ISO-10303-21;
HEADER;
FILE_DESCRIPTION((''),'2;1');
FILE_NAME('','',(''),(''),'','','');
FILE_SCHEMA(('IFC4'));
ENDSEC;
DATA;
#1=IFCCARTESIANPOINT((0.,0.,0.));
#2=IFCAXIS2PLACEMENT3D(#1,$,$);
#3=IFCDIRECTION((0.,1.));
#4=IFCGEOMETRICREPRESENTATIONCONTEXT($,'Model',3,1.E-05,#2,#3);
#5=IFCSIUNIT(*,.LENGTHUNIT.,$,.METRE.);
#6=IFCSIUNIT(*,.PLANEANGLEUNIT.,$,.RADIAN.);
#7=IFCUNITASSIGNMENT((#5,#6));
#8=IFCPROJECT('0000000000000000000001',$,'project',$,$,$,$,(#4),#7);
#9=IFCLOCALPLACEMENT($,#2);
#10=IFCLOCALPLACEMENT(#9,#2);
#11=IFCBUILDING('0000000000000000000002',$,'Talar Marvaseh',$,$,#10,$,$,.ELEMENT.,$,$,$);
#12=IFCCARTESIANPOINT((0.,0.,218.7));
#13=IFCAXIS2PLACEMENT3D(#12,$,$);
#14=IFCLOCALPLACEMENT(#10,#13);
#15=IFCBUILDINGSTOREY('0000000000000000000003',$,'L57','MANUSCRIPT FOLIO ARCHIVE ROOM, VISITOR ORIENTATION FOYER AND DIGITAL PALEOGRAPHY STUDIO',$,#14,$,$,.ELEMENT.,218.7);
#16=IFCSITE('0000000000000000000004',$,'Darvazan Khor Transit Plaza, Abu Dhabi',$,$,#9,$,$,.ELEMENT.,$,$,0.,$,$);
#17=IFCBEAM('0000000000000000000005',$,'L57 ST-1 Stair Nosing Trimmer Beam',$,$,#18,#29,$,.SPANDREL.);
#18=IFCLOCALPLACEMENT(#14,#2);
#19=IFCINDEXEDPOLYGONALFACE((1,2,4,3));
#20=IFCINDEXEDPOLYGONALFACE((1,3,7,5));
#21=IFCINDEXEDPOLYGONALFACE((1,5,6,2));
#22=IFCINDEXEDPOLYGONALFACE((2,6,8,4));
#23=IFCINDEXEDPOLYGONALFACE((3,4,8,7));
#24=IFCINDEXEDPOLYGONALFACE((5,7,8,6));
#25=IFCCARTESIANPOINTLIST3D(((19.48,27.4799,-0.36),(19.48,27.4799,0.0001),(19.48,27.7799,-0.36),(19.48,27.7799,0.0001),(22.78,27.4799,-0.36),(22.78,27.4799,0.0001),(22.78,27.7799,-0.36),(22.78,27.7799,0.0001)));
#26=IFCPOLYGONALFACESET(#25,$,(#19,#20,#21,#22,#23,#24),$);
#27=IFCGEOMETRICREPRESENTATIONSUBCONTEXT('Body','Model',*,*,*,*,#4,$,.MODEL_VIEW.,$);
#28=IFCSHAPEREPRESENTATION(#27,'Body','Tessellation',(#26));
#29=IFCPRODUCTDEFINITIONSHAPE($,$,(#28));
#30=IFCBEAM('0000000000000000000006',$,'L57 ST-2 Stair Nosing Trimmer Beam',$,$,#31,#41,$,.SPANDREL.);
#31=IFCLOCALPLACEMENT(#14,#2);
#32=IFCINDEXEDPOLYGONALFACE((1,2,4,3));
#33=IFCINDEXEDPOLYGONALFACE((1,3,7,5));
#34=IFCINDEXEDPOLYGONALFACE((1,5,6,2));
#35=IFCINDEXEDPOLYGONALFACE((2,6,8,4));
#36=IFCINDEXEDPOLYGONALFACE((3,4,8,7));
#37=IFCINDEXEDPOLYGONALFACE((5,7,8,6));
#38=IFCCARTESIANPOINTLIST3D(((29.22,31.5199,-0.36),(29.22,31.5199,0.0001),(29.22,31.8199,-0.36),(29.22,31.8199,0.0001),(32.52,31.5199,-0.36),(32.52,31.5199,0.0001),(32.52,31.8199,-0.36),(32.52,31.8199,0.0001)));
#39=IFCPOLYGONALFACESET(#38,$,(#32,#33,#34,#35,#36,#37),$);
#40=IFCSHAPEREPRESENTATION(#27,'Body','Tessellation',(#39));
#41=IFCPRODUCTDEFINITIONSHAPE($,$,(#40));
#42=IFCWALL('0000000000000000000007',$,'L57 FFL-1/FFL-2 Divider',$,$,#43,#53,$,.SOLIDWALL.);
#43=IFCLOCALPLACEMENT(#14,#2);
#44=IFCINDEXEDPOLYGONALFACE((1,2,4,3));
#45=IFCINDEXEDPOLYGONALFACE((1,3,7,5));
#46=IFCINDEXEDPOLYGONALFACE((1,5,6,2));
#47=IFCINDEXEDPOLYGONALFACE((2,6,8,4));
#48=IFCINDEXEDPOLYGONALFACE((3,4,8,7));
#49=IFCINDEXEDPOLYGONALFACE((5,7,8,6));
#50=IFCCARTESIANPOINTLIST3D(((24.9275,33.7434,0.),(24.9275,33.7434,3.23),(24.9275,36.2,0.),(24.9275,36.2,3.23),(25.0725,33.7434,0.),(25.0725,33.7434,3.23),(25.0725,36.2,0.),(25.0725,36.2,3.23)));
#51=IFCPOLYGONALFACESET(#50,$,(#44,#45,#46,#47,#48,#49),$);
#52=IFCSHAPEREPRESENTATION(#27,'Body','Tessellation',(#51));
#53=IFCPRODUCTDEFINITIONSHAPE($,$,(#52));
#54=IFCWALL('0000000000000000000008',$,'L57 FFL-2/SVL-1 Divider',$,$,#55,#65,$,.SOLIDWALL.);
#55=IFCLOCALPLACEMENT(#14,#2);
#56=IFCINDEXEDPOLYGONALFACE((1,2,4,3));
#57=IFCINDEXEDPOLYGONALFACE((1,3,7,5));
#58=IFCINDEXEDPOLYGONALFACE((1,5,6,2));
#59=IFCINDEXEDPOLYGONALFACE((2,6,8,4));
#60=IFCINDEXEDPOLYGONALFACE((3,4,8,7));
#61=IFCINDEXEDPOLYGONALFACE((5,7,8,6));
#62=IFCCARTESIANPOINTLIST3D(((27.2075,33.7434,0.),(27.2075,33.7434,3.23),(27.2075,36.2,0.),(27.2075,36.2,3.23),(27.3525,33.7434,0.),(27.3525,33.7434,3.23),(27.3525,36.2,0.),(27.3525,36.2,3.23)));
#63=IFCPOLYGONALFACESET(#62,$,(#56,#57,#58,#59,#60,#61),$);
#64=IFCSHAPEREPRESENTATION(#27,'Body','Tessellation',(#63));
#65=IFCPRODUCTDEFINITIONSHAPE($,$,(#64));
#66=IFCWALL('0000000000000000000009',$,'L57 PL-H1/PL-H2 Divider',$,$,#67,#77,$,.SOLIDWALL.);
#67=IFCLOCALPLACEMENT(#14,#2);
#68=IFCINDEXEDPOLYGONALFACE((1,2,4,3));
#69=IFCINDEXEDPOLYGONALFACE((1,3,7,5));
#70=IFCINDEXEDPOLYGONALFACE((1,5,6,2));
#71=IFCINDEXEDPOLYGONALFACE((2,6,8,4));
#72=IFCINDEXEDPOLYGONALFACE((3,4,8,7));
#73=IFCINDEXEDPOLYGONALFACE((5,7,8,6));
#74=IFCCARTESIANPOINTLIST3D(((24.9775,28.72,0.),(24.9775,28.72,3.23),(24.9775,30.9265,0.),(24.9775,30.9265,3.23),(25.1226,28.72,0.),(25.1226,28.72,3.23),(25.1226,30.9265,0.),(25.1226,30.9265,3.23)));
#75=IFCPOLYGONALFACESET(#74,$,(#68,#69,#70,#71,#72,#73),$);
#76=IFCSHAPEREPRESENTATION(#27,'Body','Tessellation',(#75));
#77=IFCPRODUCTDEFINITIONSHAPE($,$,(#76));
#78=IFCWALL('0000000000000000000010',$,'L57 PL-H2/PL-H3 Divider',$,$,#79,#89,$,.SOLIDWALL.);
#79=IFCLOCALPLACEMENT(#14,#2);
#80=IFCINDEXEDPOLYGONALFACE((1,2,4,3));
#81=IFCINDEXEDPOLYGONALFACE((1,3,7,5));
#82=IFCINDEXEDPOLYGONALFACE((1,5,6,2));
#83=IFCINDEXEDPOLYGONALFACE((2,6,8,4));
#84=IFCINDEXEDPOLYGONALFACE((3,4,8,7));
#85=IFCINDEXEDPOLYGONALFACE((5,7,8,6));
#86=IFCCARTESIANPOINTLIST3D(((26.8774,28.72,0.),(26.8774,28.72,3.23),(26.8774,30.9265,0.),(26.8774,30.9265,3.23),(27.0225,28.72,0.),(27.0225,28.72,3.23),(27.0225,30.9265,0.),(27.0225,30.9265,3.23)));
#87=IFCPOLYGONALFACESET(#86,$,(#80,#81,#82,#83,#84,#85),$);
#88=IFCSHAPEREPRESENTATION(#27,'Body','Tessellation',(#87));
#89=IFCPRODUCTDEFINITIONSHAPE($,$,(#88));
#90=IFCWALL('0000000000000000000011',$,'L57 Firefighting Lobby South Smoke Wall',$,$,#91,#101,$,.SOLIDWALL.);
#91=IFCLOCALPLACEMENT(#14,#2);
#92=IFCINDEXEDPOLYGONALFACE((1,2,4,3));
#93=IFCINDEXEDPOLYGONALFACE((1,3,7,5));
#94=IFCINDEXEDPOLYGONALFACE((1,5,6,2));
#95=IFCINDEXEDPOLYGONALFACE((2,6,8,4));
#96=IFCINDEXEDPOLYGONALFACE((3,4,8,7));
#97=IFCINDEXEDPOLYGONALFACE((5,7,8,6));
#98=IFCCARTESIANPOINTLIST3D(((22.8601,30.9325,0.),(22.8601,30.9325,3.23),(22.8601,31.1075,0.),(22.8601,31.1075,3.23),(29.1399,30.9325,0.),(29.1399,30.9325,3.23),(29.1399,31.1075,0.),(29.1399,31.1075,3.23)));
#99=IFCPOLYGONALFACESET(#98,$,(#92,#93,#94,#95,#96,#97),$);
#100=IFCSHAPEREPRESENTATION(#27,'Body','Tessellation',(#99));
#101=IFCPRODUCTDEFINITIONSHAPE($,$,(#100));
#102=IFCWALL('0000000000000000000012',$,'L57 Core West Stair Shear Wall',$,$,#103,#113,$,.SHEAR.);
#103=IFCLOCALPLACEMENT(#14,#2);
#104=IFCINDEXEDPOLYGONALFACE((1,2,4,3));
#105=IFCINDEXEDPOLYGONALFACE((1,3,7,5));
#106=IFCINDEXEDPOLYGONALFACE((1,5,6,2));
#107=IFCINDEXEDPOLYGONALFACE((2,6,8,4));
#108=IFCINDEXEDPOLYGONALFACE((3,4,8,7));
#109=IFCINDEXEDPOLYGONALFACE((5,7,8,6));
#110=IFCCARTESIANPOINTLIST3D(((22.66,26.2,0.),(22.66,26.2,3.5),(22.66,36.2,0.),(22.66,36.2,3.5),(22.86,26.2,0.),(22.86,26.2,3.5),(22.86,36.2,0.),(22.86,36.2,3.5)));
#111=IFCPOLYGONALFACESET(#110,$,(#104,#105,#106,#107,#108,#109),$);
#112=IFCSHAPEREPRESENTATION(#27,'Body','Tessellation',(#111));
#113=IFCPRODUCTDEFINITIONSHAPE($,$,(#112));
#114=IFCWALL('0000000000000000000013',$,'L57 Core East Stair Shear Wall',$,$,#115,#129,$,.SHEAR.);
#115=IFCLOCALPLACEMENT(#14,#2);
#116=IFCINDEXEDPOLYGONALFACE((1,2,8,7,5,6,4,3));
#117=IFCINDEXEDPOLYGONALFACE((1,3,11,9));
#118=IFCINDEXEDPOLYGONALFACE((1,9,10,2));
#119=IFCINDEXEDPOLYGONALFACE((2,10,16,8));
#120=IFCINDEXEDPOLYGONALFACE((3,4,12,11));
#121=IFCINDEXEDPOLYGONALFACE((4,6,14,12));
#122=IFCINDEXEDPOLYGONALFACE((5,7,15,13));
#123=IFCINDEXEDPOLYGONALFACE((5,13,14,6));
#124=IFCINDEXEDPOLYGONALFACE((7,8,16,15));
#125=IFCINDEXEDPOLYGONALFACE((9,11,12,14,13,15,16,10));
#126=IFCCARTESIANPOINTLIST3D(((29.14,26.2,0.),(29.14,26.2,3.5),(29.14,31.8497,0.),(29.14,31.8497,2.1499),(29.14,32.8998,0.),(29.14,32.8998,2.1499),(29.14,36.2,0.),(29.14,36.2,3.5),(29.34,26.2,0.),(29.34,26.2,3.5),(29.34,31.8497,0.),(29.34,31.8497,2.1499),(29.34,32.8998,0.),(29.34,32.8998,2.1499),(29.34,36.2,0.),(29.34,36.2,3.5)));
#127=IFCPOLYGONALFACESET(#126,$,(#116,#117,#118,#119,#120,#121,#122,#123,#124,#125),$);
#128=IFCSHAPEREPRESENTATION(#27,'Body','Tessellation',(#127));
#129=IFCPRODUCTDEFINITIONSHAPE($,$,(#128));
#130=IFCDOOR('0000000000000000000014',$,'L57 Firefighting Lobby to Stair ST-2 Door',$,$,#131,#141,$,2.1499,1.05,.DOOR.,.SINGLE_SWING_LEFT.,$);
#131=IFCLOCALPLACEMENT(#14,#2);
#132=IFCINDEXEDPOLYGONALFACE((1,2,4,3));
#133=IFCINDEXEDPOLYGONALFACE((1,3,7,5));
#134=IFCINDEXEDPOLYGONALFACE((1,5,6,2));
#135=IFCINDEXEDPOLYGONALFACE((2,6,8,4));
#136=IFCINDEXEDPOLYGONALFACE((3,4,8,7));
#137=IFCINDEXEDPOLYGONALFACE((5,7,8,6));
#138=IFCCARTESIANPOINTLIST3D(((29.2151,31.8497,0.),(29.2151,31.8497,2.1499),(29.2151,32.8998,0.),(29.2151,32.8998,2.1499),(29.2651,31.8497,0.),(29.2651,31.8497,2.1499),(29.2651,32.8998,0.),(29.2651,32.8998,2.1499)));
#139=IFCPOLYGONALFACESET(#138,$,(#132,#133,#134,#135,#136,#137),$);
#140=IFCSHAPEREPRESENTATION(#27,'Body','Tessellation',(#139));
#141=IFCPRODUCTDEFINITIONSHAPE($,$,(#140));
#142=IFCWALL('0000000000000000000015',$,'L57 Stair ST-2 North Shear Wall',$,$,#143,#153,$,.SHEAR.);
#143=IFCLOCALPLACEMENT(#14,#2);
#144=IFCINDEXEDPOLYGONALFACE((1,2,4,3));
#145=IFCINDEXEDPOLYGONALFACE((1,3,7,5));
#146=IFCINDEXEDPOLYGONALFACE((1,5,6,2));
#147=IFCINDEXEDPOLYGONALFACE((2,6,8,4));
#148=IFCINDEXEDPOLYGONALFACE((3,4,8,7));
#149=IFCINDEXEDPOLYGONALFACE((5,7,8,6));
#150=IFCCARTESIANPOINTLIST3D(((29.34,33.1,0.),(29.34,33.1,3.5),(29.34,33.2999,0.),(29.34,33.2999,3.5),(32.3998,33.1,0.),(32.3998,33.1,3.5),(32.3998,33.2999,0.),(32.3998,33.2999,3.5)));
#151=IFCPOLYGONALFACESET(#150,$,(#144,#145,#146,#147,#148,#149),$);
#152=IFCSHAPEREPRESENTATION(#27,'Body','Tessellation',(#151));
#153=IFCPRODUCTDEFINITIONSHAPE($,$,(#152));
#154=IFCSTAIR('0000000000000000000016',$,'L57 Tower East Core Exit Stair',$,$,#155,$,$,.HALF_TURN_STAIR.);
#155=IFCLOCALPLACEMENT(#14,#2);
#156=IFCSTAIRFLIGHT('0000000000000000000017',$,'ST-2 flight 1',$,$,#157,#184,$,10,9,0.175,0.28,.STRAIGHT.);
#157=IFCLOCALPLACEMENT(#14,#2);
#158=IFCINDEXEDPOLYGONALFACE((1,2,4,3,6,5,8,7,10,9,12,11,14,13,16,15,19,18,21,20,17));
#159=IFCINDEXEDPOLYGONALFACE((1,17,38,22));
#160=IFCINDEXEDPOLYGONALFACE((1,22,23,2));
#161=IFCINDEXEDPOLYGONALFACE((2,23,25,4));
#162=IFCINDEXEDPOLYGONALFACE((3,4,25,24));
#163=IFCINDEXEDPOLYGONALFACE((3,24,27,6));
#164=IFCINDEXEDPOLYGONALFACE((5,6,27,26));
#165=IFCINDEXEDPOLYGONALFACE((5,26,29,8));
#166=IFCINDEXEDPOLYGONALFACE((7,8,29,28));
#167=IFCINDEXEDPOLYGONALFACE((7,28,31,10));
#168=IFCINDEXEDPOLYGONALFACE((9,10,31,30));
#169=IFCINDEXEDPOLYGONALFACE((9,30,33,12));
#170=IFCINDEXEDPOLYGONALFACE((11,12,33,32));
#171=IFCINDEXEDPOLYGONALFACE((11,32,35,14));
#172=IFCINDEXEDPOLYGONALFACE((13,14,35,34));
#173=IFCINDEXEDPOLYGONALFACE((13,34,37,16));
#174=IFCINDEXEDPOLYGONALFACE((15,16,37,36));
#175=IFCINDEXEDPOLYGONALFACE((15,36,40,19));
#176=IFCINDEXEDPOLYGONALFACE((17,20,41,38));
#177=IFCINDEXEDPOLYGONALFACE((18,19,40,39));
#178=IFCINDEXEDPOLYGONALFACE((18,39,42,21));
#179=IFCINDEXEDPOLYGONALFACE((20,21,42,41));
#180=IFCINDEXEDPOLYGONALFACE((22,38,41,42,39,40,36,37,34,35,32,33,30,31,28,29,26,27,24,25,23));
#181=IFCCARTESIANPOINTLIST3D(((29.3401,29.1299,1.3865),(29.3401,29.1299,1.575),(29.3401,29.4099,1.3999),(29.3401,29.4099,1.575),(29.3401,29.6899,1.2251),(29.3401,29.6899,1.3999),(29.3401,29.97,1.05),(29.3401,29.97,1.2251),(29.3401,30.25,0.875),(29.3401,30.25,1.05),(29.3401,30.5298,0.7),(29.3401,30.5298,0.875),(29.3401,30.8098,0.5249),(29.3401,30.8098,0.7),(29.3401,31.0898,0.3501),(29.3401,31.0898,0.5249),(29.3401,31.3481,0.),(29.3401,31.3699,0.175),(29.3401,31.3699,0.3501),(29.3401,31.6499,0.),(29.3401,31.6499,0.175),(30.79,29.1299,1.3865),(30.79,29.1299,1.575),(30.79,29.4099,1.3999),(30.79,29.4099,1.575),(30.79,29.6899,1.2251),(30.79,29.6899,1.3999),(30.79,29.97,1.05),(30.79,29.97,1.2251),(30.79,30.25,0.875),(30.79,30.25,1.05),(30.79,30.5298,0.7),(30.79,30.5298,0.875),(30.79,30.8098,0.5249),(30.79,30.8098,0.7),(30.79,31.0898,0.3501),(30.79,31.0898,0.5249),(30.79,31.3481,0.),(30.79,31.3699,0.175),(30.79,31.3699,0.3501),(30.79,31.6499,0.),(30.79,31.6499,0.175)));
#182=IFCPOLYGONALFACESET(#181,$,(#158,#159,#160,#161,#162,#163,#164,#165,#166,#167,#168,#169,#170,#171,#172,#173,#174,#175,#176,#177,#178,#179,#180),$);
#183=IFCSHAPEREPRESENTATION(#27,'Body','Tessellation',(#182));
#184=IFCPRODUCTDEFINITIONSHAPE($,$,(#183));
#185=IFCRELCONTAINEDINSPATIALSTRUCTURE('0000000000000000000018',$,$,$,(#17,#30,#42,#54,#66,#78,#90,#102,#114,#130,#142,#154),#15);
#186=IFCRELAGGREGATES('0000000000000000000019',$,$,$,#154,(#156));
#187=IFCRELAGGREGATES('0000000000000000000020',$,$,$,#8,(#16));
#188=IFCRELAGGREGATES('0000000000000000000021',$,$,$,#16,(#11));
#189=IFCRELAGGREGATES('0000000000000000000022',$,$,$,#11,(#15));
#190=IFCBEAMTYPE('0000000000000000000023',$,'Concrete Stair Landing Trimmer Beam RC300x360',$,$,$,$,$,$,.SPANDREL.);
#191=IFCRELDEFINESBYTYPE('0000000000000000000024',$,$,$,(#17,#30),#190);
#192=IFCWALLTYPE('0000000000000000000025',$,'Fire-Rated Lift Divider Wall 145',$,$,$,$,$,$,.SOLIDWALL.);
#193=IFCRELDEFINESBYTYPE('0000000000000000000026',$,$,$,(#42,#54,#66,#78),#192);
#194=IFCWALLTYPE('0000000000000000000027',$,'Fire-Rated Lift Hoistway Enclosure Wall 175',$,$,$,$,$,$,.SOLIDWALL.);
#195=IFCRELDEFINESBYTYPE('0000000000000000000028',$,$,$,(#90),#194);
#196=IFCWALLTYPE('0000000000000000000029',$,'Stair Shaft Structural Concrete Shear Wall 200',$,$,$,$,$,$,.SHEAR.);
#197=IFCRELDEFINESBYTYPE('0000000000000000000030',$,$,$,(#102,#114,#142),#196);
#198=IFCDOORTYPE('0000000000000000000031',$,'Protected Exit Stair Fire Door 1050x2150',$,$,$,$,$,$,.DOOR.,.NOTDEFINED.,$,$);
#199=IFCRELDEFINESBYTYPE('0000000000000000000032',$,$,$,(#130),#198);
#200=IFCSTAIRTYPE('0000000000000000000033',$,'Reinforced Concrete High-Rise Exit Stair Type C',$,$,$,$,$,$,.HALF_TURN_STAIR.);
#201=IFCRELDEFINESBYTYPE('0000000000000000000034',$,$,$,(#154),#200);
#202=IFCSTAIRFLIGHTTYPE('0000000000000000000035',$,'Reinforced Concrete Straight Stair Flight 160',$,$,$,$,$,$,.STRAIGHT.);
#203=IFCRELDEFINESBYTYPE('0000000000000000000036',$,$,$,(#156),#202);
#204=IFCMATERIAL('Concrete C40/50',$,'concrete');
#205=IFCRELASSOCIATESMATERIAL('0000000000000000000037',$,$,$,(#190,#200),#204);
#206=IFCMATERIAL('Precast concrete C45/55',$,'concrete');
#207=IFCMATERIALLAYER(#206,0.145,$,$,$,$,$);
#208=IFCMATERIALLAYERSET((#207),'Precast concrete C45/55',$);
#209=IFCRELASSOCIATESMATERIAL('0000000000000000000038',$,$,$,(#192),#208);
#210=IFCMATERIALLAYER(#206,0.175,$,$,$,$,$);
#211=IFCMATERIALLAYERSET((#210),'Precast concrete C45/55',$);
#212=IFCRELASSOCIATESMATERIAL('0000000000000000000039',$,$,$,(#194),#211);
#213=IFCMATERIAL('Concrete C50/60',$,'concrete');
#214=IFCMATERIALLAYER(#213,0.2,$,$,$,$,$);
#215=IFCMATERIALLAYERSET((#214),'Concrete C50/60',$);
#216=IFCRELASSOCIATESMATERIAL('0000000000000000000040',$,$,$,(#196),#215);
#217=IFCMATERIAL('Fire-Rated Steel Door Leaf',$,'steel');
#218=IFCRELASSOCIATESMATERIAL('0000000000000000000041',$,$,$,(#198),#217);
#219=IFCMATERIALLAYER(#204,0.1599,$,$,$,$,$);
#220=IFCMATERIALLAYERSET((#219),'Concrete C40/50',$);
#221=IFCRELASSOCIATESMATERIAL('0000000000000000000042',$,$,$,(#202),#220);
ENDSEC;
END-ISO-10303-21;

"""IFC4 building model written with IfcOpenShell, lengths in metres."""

from ifc_helpers import new_model, si_unit, direction, frame, frame_2d, origin, origin_2d, place, context, subcontext, project, spatial, polyline, rectangle, outline, extrude, source, transform, mapped, material, layer, layer_set, material_profile, profile_set, type_object, type_shapes, element, fill, aggregate, save


model = new_model("IFC4")

# Units and contexts
model_context = context("Model", 3, precision=1e-05, world=origin(), true_north=direction((0.0, 1.0)))
body_context = subcontext(model_context, "Body", "Model", "MODEL_VIEW")
ifc_project = project(units=[si_unit("LENGTHUNIT", "METRE"), si_unit("PLANEANGLEUNIT", "RADIAN")], contexts=[model_context])

# Site, building, storey
site_placement = place(None, origin())
site = spatial("IfcSite", under=ifc_project, at=site_placement, Name="Darvazan Khor Transit Plaza, Abu Dhabi", CompositionType="ELEMENT", RefElevation=0.0)
building_placement = place(site_placement, origin())
building = spatial("IfcBuilding", under=site, at=building_placement, Name="Talar Marvaseh", CompositionType="ELEMENT")
storey_placement = place(building_placement, frame((0.0, 0.0, 218.7)))
storey = spatial("IfcBuildingStorey", under=building, at=storey_placement, Name="L57", Description="MANUSCRIPT FOLIO ARCHIVE ROOM, VISITOR ORIENTATION FOYER AND DIGITAL PALEOGRAPHY STUDIO", CompositionType="ELEMENT", Elevation=218.7)

# Beams
ifc_material_1 = material(Name="Concrete C40/50", Category="concrete")
ifc_material_profile = material_profile(ifc_material_1, rectangle(XDim=0.3, YDim=0.3601, at=origin_2d()), Name="RC300x360")
ifc_profile_set = profile_set([ifc_material_profile], Name="Concrete C40/50")
beam_type = type_object("IfcBeamType", Name="Concrete Stair Landing Trimmer Beam RC300x360", PredefinedType="SPANDREL", material=ifc_profile_set)
for number, where, z_axis, x_axis, name in (
    (1, (22.78, 27.6299, -0.1799), (-1.0, 0.0, 0.0), (0.0, -1.0, 0.0), "L57 ST-1 Stair Nosing Trimmer Beam"),
    (2, (29.22, 31.6699, -0.1799), (1.0, 0.0, 0.0), (0.0, 1.0, 0.0), "L57 ST-2 Stair Nosing Trimmer Beam"),
):
    element("IfcBeam", number, at=place(storey_placement, frame(where, z_axis=z_axis, x_axis=x_axis)), inside=storey, type_object=beam_type, Name=name, PredefinedType="SPANDREL", context=body_context, shape_type="SweptSolid", body=[
        extrude(rectangle(XDim=0.3, YDim=0.3601, at=origin_2d()), origin(), (0.0, 0.0, 1.0), 3.3),
    ])

# Walls
ifc_material_2 = material(Name="Precast concrete C45/55", Category="concrete")
ifc_layer_1 = layer(ifc_material_2, 0.145)
ifc_layer_set_1 = layer_set([ifc_layer_1], Name="Precast concrete C45/55")
wall_type_1 = type_object("IfcWallType", Name="Fire-Rated Lift Divider Wall 145", PredefinedType="SOLIDWALL", material=ifc_layer_set_1)
for number, where, z_axis, x_axis, name in (
    (3, (25.0, 33.7434, 0.0), (0.0, 0.0, 1.0), (0.0, 1.0, 0.0), "L57 FFL-1/FFL-2 Divider"),
    (4, (27.28, 33.7434, 0.0), (0.0, 0.0, 1.0), (0.0, 1.0, 0.0), "L57 FFL-2/SVL-1 Divider"),
):
    element("IfcWall", number, at=place(storey_placement, frame(where, z_axis=z_axis, x_axis=x_axis)), inside=storey, type_object=wall_type_1, Name=name, PredefinedType="SOLIDWALL", context=body_context, shape_type="SweptSolid", body=[
        extrude(rectangle(XDim=2.4565, YDim=0.145, at=frame_2d((1.2283, 0.0))), origin(), (0.0, 0.0, 1.0), 3.23),
    ])
for number, where, z_axis, x_axis, name in (
    (5, (25.05, 28.72, 0.0), (0.0, 0.0, 1.0), (0.0, 1.0, 0.0), "L57 PL-H1/PL-H2 Divider"),
    (6, (26.95, 28.72, 0.0), (0.0, 0.0, 1.0), (0.0, 1.0, 0.0), "L57 PL-H2/PL-H3 Divider"),
):
    element("IfcWall", number, at=place(storey_placement, frame(where, z_axis=z_axis, x_axis=x_axis)), inside=storey, type_object=wall_type_1, Name=name, PredefinedType="SOLIDWALL", context=body_context, shape_type="SweptSolid", body=[
        extrude(rectangle(XDim=2.2065, YDim=0.145, at=frame_2d((1.1033, 0.0))), origin(), (0.0, 0.0, 1.0), 3.23),
    ])

# Shared definitions
ifc_layer_2 = layer(ifc_material_2, 0.175)
ifc_layer_set_2 = layer_set([ifc_layer_2], Name="Precast concrete C45/55")
wall_type_2 = type_object("IfcWallType", Name="Fire-Rated Lift Hoistway Enclosure Wall 175", PredefinedType="SOLIDWALL", material=ifc_layer_set_2)

# Wall
wall_1_placement = place(storey_placement, frame((22.8601, 31.02, 0.0), z_axis=(0.0, 0.0, 1.0), x_axis=(1.0, 0.0, 0.0)))
element("IfcWall", 7, at=wall_1_placement, inside=storey, type_object=wall_type_2, Name="L57 Firefighting Lobby South Smoke Wall", PredefinedType="SOLIDWALL", context=body_context, shape_type="SweptSolid", body=[
    extrude(rectangle(XDim=6.2798, YDim=0.175, at=frame_2d((3.1399, 0.0))), origin(), (0.0, 0.0, 1.0), 3.23),
])

# Wall
ifc_material_3 = material(Name="Concrete C50/60", Category="concrete")
ifc_layer_3 = layer(ifc_material_3, 0.2)
ifc_layer_set_3 = layer_set([ifc_layer_3], Name="Concrete C50/60")
wall_type_3 = type_object("IfcWallType", Name="Stair Shaft Structural Concrete Shear Wall 200", PredefinedType="SHEAR", material=ifc_layer_set_3)
wall_2_placement = place(storey_placement, frame((22.76, 26.2, 0.0), z_axis=(0.0, 0.0, 1.0), x_axis=(0.0, 1.0, 0.0)))
element("IfcWall", 8, at=wall_2_placement, inside=storey, type_object=wall_type_3, Name="L57 Core West Stair Shear Wall", PredefinedType="SHEAR", context=body_context, shape_type="SweptSolid", body=[
    extrude(rectangle(XDim=10.0, YDim=0.2, at=frame_2d((5.0, 0.0))), origin(), (0.0, 0.0, 1.0), 3.5),
])

# Wall, opening, door
wall_3_placement = place(storey_placement, frame((29.24, 26.2, 0.0), z_axis=(0.0, 0.0, 1.0), x_axis=(0.0, 1.0, 0.0)))
wall_3 = element("IfcWall", 9, at=wall_3_placement, inside=storey, type_object=wall_type_3, Name="L57 Core East Stair Shear Wall", PredefinedType="SHEAR", context=body_context, shape_type="SweptSolid", body=[
    extrude(rectangle(XDim=10.0, YDim=0.2, at=frame_2d((5.0, 0.0))), origin(), (0.0, 0.0, 1.0), 3.5),
])
opening_1_placement = place(wall_3_placement, frame((5.6499, 0.0, 0.0)))
opening_1 = element("IfcOpeningElement", 10, at=opening_1_placement, cuts=wall_3, PredefinedType="OPENING", context=body_context, shape_type="SweptSolid", body=[
    extrude(rectangle(XDim=1.05, YDim=2.1499, at=frame_2d((0.5249, 1.075))), frame((0.0, 0.1099, 0.0), z_axis=(0.0, -1.0, 0.0), x_axis=(1.0, 0.0, 0.0)), (0.0, 0.0, 1.0), 0.22),
])
ifc_material_4 = material(Name="Fire-Rated Steel Door Leaf", Category="steel")
door_type_1 = type_object("IfcDoorType", Name="Protected Exit Stair Fire Door 1050x2150", OperationType="NOTDEFINED", PredefinedType="DOOR", material=ifc_material_4)
shared_shape_1 = source(origin(), body_context, "Body", "SweptSolid", [
    extrude(rectangle(XDim=1.05, YDim=2.1499, at=frame_2d((0.5249, 1.075))), frame((0.0, 0.0249, 0.0), z_axis=(0.0, -1.0, 0.0), x_axis=(1.0, 0.0, 0.0)), (0.0, 0.0, 1.0), 0.05),
])
type_shapes(door_type_1, [shared_shape_1])
door_1_placement = place(opening_1_placement, origin())
door_1 = element("IfcDoor", 11, at=door_1_placement, inside=storey, type_object=door_type_1, Name="L57 Firefighting Lobby to Stair ST-2 Door", OperationType="SINGLE_SWING_LEFT", OverallHeight=2.1499, OverallWidth=1.05, PredefinedType="DOOR", context=body_context, shape_type="MappedRepresentation", body=[
    mapped(shared_shape_1, transform((0.0, 0.0, 0.0), x_axis=(1.0, 0.0, 0.0), y_axis=(0.0, 1.0, 0.0), z_axis=(0.0, 0.0, 1.0), scale=1.0)),
])
fill(opening_1, door_1)

# Wall
wall_4_placement = place(storey_placement, frame((29.3401, 33.2, 0.0), z_axis=(0.0, 0.0, 1.0), x_axis=(1.0, 0.0, 0.0)))
element("IfcWall", 12, at=wall_4_placement, inside=storey, type_object=wall_type_3, Name="L57 Stair ST-2 North Shear Wall", PredefinedType="SHEAR", context=body_context, shape_type="SweptSolid", body=[
    extrude(rectangle(XDim=3.0598, YDim=0.2, at=frame_2d((1.5298, 0.0))), origin(), (0.0, 0.0, 1.0), 3.5),
])

# Stair, stair flight
stair_type = type_object("IfcStairType", Name="Reinforced Concrete High-Rise Exit Stair Type C", PredefinedType="HALF_TURN_STAIR", material=ifc_material_1)
stair_placement = place(storey_placement, origin())
stair = element("IfcStair", 13, at=stair_placement, inside=storey, type_object=stair_type, Name="L57 Tower East Core Exit Stair", PredefinedType="HALF_TURN_STAIR")
ifc_layer_4 = layer(ifc_material_1, 0.1599)
ifc_layer_set_4 = layer_set([ifc_layer_4], Name="Concrete C40/50")
stair_flight_type = type_object("IfcStairFlightType", Name="Reinforced Concrete Straight Stair Flight 160", PredefinedType="STRAIGHT", material=ifc_layer_set_4)
stair_flight_1_placement = place(storey_placement, frame((30.0649, 31.6499, 0.0), z_axis=(0.0, 0.0, 1.0), x_axis=(0.0, -1.0, 0.0)))
stair_flight_1 = element("IfcStairFlight", 14, at=stair_flight_1_placement, type_object=stair_flight_type, Name="ST-2 flight 1", NumberOfRisers=10, NumberOfTreads=9, PredefinedType="STRAIGHT", RiserHeight=0.175, TreadLength=0.28, context=body_context, shape_type="SweptSolid", body=[
    extrude(outline(polyline([(0.0, 0.0), (0.0, 0.175), (0.28, 0.175), (0.28, 0.3501), (0.5601, 0.3501), (0.5601, 0.5249), (0.8401, 0.5249), (0.8401, 0.7), (1.1201, 0.7), (1.1201, 0.875), (1.3999, 0.875), (1.3999, 1.05), (1.6799, 1.05), (1.6799, 1.2251), (1.96, 1.2251), (1.96, 1.3999), (2.24, 1.3999), (2.24, 1.575), (2.52, 1.575), (2.52, 1.75), (2.52, 1.3865), (0.3018, 0.0), (0.0, 0.0)])), frame((0.0, 0.7251, 0.0), z_axis=(0.0, -1.0, 0.0), x_axis=(1.0, 0.0, 0.0)), (0.0, 0.0, 1.0), 1.45),
])
aggregate(stair, [stair_flight_1])

save(model, "model.ifc")
